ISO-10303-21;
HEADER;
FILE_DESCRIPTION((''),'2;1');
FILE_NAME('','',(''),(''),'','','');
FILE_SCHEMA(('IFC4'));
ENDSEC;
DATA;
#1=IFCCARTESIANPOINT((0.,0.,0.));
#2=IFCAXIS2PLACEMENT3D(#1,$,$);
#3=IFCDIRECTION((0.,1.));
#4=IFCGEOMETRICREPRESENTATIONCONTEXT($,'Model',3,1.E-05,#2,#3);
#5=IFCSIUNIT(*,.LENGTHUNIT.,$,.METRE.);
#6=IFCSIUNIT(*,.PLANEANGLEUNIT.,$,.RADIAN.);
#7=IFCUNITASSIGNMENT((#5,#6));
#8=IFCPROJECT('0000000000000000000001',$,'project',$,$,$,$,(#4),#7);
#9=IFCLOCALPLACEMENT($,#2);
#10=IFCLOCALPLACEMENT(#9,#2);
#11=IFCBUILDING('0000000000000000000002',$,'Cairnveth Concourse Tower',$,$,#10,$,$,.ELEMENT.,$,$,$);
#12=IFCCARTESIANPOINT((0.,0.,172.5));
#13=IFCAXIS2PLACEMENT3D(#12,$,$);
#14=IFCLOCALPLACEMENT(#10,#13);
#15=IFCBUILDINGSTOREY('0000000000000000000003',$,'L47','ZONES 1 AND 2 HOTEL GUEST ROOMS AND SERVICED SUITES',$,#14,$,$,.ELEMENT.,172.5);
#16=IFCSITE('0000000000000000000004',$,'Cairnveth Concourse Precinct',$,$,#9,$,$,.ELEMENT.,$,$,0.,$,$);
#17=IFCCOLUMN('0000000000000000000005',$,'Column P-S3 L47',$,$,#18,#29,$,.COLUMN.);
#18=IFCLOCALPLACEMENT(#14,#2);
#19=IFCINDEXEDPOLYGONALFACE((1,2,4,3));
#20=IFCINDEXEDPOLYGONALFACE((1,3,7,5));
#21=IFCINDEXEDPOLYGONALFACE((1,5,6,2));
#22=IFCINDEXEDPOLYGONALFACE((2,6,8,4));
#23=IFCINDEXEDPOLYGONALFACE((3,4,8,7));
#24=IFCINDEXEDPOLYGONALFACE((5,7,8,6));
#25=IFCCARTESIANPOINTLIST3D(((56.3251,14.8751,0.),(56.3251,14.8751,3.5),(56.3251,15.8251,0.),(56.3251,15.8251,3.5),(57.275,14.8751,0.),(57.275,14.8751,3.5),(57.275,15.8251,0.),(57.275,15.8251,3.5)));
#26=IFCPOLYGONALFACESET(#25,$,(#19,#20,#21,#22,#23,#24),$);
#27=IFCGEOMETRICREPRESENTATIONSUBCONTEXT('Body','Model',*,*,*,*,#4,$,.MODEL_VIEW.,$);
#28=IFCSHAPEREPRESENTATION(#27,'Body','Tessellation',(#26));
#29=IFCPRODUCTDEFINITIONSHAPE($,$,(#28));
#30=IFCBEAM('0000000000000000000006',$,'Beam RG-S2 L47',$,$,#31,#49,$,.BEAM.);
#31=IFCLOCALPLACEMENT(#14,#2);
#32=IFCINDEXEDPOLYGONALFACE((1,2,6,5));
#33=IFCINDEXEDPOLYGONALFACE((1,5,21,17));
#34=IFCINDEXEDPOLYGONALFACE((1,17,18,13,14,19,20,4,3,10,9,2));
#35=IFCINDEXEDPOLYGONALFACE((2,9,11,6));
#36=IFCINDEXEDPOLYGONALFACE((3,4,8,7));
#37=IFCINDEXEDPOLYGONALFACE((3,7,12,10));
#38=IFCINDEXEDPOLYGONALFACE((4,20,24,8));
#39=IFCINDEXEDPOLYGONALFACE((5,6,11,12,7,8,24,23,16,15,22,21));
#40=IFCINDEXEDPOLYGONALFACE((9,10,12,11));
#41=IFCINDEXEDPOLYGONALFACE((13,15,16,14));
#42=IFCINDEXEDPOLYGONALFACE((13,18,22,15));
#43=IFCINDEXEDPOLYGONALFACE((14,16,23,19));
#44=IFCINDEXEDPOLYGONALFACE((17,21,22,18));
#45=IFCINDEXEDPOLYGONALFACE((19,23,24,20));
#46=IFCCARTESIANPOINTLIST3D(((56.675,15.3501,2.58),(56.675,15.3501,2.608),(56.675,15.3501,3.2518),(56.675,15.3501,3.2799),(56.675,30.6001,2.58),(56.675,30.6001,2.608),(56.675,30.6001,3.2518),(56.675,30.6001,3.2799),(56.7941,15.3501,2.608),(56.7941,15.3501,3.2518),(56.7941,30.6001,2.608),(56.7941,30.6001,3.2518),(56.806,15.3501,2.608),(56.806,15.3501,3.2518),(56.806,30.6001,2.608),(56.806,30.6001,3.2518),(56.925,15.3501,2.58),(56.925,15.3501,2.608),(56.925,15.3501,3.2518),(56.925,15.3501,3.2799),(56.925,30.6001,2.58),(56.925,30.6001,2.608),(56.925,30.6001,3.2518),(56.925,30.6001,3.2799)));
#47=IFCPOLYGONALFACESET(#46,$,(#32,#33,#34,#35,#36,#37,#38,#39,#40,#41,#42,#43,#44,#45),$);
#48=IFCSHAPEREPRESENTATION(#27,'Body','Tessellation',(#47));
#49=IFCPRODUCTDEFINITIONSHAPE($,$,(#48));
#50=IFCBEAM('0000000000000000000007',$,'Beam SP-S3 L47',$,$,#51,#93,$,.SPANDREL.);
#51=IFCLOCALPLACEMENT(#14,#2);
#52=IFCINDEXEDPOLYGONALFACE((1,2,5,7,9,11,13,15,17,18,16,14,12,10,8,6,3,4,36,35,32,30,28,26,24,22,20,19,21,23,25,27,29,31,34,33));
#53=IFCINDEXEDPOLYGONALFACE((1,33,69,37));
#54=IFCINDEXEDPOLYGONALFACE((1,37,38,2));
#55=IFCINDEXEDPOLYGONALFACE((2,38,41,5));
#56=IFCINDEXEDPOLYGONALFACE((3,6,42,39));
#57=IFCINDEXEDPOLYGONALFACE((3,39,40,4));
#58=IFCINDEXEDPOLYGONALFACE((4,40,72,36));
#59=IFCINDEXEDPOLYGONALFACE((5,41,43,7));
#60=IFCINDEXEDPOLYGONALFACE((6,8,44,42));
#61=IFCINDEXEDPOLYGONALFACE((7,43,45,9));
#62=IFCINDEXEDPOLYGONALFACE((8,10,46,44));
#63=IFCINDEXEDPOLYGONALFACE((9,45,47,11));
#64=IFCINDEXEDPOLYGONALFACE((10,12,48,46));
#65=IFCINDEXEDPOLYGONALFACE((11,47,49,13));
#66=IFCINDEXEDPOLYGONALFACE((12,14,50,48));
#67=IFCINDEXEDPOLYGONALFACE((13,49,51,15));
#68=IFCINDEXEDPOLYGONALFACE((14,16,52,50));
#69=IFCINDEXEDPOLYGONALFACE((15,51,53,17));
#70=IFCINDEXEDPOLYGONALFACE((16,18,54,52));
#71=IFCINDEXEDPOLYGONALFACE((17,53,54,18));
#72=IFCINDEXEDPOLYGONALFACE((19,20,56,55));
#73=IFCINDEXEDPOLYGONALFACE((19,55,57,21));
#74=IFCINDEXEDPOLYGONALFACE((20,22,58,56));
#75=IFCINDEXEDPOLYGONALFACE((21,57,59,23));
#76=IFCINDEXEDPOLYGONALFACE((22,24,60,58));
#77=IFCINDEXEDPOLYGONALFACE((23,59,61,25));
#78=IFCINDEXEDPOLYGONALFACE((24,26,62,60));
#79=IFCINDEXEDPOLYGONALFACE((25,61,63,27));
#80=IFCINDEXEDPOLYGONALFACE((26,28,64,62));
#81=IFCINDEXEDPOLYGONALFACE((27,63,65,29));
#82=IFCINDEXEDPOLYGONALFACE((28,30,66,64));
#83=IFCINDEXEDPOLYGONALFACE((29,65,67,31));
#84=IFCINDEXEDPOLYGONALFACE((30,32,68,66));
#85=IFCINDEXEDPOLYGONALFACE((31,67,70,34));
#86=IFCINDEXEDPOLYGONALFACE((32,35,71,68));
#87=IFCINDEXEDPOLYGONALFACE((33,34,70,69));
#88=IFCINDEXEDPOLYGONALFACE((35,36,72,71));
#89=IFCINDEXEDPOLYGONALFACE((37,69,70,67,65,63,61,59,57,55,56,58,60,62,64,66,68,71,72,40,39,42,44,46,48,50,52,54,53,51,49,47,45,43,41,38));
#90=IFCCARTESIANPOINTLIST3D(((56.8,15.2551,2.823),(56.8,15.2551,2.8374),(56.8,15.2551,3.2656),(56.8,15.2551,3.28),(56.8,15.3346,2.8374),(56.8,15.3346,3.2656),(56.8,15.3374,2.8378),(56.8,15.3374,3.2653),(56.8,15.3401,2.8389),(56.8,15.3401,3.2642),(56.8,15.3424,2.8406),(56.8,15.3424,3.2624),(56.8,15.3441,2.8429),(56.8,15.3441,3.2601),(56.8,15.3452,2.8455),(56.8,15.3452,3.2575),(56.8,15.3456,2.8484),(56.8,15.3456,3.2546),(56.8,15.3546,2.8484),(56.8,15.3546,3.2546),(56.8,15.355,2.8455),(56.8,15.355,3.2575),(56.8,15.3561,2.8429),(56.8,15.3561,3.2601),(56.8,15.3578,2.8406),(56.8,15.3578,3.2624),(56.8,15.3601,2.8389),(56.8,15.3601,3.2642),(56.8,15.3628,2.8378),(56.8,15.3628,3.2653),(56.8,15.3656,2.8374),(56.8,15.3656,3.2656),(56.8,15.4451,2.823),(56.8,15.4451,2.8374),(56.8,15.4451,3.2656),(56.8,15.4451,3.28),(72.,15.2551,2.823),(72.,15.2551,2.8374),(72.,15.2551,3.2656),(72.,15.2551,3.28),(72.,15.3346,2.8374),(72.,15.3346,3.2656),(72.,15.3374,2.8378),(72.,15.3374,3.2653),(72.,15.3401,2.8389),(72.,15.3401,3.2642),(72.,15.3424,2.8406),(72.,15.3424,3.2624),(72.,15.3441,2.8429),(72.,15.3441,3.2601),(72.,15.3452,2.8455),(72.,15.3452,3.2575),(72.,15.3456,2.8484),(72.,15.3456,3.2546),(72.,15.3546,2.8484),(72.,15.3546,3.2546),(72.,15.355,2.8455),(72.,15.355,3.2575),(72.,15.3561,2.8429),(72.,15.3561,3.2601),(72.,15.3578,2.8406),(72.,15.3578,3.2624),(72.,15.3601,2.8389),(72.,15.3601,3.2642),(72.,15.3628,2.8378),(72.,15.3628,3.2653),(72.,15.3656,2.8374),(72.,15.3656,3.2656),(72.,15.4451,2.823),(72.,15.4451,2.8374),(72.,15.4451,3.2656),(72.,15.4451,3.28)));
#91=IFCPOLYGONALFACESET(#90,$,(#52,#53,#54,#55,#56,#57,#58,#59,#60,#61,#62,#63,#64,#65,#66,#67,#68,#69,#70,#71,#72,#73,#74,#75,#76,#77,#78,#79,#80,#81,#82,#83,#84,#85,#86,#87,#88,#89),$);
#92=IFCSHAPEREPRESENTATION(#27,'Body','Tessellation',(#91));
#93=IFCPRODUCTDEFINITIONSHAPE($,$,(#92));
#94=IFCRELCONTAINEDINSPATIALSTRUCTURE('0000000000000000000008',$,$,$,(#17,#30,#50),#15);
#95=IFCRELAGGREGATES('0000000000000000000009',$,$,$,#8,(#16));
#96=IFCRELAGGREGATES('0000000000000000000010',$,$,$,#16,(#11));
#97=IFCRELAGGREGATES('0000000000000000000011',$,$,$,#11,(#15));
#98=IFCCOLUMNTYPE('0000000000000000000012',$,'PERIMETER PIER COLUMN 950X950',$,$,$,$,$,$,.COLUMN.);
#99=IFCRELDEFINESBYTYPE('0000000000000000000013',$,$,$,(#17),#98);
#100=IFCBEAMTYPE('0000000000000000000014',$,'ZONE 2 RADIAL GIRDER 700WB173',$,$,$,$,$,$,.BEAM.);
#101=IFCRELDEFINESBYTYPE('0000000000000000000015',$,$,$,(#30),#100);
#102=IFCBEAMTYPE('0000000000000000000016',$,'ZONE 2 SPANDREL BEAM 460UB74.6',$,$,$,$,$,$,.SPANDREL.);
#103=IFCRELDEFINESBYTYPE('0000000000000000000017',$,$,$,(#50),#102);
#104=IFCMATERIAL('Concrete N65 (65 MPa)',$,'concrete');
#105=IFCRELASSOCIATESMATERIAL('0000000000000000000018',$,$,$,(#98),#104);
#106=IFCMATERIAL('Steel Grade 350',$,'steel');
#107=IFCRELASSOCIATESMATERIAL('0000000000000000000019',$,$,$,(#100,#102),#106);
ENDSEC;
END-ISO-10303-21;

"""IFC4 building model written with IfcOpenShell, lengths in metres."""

from ifc_helpers import new_model, si_unit, direction, frame, origin, origin_2d, place, context, subcontext, project, spatial, rectangle, i_section, extrude, material, material_profile, profile_set, type_object, element, save


model = new_model("IFC4")

# Units and contexts
model_context = context("Model", 3, precision=1e-05, world=origin(), true_north=direction((0.0, 1.0)))
body_context = subcontext(model_context, "Body", "Model", "MODEL_VIEW")
ifc_project = project(units=[si_unit("LENGTHUNIT", "METRE"), si_unit("PLANEANGLEUNIT", "RADIAN")], contexts=[model_context])

# Site, building, storey
site_placement = place(None, origin())
site = spatial("IfcSite", under=ifc_project, at=site_placement, Name="Cairnveth Concourse Precinct", CompositionType="ELEMENT", RefElevation=0.0)
building_placement = place(site_placement, origin())
building = spatial("IfcBuilding", under=site, at=building_placement, Name="Cairnveth Concourse Tower", CompositionType="ELEMENT")
storey_placement = place(building_placement, frame((0.0, 0.0, 172.5)))
storey = spatial("IfcBuildingStorey", under=building, at=storey_placement, Name="L47", Description="ZONES 1 AND 2 HOTEL GUEST ROOMS AND SERVICED SUITES", CompositionType="ELEMENT", Elevation=172.5)

# Column
ifc_material_1 = material(Name="Concrete N65 (65 MPa)", Category="concrete")
ifc_material_profile_1 = material_profile(ifc_material_1, rectangle(XDim=0.95, YDim=0.95, at=origin_2d()), Name="RC-COL-950x950")
ifc_profile_set_1 = profile_set([ifc_material_profile_1], Name="Concrete N65 (65 MPa)")
column_type = type_object("IfcColumnType", Name="PERIMETER PIER COLUMN 950X950", PredefinedType="COLUMN", material=ifc_profile_set_1)
column_placement = place(storey_placement, frame((56.8, 15.3501, 0.0), z_axis=(0.0, 0.0, 1.0), x_axis=(1.0, 0.0, 0.0)))
element("IfcColumn", 1, at=column_placement, inside=storey, type_object=column_type, Name="Column P-S3 L47", PredefinedType="COLUMN", context=body_context, shape_type="SweptSolid", body=[
    extrude(rectangle(XDim=0.95, YDim=0.95, at=origin_2d()), origin(), (0.0, 0.0, 1.0), 3.5),
])

# Beams
ifc_material_2 = material(Name="Steel Grade 350", Category="steel")
ifc_material_profile_2 = material_profile(ifc_material_2, i_section(OverallWidth=0.25, OverallDepth=0.7, WebThickness=0.012, FlangeThickness=0.0281, at=origin_2d()), Name="700WB173")
ifc_profile_set_2 = profile_set([ifc_material_profile_2], Name="Steel Grade 350")
beam_type_1 = type_object("IfcBeamType", Name="ZONE 2 RADIAL GIRDER 700WB173", PredefinedType="BEAM", material=ifc_profile_set_2)
beam_1_placement = place(storey_placement, frame((56.8, 15.3501, 2.9299), z_axis=(0.0, 1.0, 0.0), x_axis=(-1.0, 0.0, 0.0)))
element("IfcBeam", 2, at=beam_1_placement, inside=storey, type_object=beam_type_1, Name="Beam RG-S2 L47", PredefinedType="BEAM", context=body_context, shape_type="SweptSolid", body=[
    extrude(i_section(OverallWidth=0.25, OverallDepth=0.7, WebThickness=0.012, FlangeThickness=0.0281, at=origin_2d()), origin(), (0.0, 0.0, 1.0), 15.25),
])
ifc_material_profile_3 = material_profile(ifc_material_2, i_section(OverallWidth=0.1899, OverallDepth=0.457, WebThickness=0.009, FlangeThickness=0.0144, FilletRadius=0.011, at=origin_2d()), Name="460UB74.6")
ifc_profile_set_3 = profile_set([ifc_material_profile_3], Name="Steel Grade 350")
beam_type_2 = type_object("IfcBeamType", Name="ZONE 2 SPANDREL BEAM 460UB74.6", PredefinedType="SPANDREL", material=ifc_profile_set_3)
beam_2_placement = place(storey_placement, frame((56.8, 15.3501, 3.0515), z_axis=(1.0, 0.0, 0.0), x_axis=(0.0, 1.0, 0.0)))
element("IfcBeam", 3, at=beam_2_placement, inside=storey, type_object=beam_type_2, Name="Beam SP-S3 L47", PredefinedType="SPANDREL", context=body_context, shape_type="SweptSolid", body=[
    extrude(i_section(OverallWidth=0.1899, OverallDepth=0.457, WebThickness=0.009, FlangeThickness=0.0144, FilletRadius=0.011, at=origin_2d()), origin(), (0.0, 0.0, 1.0), 15.2),
])

save(model, "model.ifc")
